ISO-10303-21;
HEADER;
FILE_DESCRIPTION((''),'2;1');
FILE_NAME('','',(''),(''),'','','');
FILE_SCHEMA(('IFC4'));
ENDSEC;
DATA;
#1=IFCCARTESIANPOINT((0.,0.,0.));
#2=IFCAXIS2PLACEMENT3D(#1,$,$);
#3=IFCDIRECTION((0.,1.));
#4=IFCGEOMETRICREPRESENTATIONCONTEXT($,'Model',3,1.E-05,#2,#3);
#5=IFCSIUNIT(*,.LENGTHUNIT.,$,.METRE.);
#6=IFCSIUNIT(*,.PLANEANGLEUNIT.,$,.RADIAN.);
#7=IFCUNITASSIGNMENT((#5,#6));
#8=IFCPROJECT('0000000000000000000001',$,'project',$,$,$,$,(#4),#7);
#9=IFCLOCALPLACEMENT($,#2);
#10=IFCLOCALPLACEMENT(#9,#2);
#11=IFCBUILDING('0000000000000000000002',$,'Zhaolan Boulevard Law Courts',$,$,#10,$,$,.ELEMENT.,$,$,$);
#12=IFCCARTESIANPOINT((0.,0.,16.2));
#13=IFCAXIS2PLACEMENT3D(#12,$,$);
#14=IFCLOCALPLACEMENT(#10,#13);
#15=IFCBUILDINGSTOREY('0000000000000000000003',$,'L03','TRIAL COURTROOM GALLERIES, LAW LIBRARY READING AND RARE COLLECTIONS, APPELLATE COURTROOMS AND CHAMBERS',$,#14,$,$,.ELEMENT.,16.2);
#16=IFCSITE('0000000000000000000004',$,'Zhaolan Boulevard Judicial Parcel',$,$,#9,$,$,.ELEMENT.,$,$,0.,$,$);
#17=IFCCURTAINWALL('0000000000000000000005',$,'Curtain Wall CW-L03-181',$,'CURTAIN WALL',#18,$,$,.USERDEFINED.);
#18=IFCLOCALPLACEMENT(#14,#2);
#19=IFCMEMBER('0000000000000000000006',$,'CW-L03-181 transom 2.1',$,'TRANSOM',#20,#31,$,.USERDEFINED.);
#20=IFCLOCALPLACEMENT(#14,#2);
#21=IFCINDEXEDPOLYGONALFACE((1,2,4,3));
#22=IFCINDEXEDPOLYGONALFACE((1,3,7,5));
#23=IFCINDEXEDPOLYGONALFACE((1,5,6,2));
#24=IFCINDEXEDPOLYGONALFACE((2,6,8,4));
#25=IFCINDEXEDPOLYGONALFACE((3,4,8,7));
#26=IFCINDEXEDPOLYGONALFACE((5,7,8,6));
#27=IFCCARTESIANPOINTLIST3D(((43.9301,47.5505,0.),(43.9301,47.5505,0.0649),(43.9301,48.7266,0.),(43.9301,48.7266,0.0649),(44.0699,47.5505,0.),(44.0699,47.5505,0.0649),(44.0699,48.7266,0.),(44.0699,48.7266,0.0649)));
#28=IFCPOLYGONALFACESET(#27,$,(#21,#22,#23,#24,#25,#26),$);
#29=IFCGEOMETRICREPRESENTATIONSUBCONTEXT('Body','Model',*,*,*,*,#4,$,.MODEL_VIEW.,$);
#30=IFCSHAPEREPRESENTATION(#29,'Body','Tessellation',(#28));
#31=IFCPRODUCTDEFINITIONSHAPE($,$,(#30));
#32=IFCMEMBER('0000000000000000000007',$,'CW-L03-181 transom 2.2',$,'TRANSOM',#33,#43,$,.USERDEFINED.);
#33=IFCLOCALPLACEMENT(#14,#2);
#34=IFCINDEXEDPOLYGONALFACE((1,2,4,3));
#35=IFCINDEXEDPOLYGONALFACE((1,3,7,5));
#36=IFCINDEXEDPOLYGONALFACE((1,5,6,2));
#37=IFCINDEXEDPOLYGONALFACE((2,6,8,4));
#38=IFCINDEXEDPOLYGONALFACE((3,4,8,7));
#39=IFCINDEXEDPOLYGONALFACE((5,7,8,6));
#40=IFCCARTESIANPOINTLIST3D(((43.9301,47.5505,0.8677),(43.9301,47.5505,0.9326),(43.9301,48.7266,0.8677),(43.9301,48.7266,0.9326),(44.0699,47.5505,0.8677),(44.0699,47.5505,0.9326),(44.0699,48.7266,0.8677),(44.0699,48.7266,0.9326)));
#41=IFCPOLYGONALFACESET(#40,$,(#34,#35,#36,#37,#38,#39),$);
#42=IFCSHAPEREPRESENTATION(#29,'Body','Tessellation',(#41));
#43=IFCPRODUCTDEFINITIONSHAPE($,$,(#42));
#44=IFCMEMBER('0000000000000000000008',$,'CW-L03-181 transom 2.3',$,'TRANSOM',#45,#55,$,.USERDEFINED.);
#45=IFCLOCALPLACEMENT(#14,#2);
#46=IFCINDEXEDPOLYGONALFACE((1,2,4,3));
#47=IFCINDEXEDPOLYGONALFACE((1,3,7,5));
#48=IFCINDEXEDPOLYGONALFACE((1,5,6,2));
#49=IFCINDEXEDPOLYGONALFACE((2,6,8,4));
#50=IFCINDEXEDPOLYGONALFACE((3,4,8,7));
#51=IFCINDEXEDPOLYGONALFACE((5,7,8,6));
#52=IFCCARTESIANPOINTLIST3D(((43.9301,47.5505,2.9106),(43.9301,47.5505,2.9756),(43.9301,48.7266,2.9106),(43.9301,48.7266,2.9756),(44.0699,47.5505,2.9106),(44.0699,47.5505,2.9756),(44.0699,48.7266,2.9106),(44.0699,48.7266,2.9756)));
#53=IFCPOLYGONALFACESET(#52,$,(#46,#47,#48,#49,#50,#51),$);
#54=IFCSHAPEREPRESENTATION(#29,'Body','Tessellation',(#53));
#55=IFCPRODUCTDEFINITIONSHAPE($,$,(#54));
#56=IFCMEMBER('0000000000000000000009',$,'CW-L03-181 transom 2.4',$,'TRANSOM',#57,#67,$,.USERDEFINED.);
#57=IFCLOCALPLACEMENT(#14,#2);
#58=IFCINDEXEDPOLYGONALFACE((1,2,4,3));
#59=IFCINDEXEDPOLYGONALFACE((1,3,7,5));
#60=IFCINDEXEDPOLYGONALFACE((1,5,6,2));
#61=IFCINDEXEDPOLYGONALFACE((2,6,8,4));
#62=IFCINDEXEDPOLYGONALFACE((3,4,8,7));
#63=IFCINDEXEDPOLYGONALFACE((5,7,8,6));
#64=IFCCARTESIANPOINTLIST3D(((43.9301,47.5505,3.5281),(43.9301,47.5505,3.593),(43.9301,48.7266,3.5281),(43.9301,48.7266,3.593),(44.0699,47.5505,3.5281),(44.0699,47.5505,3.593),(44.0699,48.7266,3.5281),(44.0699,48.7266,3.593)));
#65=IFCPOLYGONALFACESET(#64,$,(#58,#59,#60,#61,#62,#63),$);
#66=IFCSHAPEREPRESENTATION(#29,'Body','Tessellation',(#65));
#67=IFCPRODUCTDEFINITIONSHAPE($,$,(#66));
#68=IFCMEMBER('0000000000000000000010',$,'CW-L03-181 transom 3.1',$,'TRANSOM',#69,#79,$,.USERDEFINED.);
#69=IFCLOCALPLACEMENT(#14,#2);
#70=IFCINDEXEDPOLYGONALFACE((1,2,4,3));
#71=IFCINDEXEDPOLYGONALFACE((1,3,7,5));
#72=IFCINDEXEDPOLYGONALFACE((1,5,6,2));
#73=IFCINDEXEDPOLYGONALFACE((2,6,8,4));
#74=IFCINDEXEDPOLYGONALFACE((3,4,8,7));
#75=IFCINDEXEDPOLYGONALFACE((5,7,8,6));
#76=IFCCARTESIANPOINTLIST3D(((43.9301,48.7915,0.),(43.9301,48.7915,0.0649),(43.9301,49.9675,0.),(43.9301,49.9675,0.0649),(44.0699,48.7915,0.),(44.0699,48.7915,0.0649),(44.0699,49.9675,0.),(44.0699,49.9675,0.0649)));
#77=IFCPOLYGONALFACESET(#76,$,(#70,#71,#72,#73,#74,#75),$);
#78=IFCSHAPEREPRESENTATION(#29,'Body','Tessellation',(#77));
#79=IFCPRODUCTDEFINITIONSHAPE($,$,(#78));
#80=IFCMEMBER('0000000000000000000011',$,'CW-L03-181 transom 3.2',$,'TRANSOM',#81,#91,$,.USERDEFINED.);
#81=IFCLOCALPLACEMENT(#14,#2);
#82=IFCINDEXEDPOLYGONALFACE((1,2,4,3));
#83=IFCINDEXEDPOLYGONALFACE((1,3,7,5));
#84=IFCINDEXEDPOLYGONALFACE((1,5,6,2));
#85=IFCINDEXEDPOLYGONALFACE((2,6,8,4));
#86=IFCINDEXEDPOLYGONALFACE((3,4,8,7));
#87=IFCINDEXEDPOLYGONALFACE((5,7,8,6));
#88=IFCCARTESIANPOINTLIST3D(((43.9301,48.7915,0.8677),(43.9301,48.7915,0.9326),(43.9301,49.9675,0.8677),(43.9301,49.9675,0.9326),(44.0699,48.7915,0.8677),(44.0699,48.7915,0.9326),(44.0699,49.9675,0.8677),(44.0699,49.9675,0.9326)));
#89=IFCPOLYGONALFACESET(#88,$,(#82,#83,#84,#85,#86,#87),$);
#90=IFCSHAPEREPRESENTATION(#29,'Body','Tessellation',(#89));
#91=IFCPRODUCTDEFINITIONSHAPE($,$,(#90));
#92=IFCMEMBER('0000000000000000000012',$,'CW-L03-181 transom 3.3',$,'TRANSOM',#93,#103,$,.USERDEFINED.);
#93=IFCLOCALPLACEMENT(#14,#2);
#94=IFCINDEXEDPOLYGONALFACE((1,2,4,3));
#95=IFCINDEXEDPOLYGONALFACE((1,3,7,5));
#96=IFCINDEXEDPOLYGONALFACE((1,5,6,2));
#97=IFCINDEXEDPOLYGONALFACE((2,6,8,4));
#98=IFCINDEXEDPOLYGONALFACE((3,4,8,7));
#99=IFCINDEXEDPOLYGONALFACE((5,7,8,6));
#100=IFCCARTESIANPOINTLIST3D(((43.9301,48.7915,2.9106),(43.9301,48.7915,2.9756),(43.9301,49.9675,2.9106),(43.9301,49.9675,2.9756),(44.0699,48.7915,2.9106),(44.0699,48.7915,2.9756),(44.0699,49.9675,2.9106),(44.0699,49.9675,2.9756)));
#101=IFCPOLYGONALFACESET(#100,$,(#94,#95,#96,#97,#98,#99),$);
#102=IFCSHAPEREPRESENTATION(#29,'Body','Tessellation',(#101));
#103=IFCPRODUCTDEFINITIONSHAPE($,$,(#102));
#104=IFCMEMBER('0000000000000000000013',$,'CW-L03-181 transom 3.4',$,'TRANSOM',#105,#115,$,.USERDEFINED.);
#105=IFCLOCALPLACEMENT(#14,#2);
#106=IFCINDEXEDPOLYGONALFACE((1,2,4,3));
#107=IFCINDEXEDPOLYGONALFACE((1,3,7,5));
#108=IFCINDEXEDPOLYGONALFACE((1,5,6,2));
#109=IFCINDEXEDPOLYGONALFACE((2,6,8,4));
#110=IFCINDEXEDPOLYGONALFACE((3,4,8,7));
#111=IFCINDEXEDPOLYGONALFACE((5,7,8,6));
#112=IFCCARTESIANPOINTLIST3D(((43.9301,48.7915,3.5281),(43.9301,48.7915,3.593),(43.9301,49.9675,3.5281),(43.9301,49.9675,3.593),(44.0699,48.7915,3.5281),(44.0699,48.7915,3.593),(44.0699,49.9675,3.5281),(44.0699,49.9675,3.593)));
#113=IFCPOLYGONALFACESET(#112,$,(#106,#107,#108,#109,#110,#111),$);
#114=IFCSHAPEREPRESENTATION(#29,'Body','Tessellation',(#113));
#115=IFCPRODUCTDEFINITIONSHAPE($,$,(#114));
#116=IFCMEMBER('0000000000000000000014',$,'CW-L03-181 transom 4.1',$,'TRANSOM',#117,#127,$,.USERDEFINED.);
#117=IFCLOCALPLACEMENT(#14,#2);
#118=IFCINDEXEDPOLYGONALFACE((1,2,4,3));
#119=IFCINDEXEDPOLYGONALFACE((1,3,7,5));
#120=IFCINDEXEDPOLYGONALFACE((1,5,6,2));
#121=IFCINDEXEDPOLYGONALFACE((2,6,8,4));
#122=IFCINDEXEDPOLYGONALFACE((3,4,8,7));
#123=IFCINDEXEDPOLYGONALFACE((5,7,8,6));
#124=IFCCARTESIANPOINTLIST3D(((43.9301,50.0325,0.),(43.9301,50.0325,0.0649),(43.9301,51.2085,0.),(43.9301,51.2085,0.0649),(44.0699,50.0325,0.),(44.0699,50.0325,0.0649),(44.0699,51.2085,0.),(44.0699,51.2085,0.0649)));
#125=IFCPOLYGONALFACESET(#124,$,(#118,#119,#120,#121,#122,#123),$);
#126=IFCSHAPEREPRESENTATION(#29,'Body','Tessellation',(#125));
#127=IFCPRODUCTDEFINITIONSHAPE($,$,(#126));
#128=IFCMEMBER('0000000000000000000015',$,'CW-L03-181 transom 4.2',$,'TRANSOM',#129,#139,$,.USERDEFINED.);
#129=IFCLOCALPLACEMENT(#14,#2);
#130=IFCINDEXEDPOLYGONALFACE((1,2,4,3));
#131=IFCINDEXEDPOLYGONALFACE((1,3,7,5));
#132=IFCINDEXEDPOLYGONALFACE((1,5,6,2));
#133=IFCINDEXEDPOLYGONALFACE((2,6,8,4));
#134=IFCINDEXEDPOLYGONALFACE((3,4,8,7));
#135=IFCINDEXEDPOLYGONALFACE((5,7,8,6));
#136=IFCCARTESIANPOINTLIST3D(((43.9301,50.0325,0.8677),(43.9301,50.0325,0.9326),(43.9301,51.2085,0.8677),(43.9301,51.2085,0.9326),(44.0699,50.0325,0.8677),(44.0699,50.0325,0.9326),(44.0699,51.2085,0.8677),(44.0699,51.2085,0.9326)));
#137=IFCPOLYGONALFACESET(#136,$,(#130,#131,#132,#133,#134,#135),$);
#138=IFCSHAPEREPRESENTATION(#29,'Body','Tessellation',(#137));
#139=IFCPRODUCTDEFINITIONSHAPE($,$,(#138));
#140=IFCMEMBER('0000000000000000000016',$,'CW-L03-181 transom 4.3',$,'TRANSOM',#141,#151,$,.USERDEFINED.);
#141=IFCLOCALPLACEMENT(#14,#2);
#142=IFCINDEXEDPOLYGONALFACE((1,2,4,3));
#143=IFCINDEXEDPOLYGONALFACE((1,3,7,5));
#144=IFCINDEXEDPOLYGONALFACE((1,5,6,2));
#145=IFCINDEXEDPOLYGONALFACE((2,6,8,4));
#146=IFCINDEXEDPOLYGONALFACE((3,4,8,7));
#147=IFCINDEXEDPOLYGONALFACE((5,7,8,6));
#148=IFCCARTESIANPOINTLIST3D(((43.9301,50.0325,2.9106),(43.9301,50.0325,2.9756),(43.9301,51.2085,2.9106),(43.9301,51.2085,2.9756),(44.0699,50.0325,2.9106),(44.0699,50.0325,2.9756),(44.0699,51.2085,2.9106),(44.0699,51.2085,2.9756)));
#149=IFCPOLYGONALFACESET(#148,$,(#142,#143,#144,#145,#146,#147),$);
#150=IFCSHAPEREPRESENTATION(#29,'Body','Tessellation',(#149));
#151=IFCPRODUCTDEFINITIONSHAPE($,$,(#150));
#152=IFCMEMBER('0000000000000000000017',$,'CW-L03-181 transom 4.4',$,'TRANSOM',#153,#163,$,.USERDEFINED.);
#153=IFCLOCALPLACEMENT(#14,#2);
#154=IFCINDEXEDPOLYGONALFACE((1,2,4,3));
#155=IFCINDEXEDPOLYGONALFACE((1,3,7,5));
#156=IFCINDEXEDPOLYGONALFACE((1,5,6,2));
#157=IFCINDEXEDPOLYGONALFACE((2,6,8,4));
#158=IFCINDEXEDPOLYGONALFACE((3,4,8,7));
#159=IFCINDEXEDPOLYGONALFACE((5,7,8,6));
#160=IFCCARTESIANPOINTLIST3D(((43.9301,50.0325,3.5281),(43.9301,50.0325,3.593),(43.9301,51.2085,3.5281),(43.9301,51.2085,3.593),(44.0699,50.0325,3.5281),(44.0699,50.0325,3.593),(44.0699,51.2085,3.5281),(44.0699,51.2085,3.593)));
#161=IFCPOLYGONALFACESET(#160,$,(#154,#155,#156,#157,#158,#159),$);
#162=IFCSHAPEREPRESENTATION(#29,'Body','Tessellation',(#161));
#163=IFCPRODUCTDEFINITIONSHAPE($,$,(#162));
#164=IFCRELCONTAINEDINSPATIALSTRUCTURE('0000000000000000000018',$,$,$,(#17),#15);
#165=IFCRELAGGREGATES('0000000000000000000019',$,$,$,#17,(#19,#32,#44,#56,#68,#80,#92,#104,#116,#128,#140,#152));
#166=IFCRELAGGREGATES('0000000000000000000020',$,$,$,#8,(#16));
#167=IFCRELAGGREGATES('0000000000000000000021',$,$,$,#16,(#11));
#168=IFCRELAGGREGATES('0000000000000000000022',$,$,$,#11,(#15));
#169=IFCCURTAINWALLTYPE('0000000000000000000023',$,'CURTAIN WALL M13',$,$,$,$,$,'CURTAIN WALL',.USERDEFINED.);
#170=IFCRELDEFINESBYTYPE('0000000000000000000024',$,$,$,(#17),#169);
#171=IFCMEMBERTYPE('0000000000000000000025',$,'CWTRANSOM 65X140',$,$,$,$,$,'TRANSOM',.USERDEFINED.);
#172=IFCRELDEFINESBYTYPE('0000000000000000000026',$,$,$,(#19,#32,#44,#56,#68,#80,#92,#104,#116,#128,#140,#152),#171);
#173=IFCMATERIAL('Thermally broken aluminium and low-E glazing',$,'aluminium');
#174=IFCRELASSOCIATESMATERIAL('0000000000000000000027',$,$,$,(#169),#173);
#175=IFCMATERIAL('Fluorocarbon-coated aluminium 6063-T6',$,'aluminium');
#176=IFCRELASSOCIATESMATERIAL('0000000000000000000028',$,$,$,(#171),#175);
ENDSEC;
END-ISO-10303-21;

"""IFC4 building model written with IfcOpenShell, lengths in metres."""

from ifc_helpers import new_model, si_unit, direction, frame, origin, origin_2d, place, context, subcontext, project, spatial, rectangle, extrude, material, material_profile, profile_set, type_object, element, aggregate, save


model = new_model("IFC4")

# Units and contexts
model_context = context("Model", 3, precision=1e-05, world=origin(), true_north=direction((0.0, 1.0)))
body_context = subcontext(model_context, "Body", "Model", "MODEL_VIEW")
ifc_project = project(units=[si_unit("LENGTHUNIT", "METRE"), si_unit("PLANEANGLEUNIT", "RADIAN")], contexts=[model_context])

# Site, building, storey
site_placement = place(None, origin())
site = spatial("IfcSite", under=ifc_project, at=site_placement, Name="Zhaolan Boulevard Judicial Parcel", CompositionType="ELEMENT", RefElevation=0.0)
building_placement = place(site_placement, origin())
building = spatial("IfcBuilding", under=site, at=building_placement, Name="Zhaolan Boulevard Law Courts", CompositionType="ELEMENT")
storey_placement = place(building_placement, frame((0.0, 0.0, 16.2)))
storey = spatial("IfcBuildingStorey", under=building, at=storey_placement, Name="L03", Description="TRIAL COURTROOM GALLERIES, LAW LIBRARY READING AND RARE COLLECTIONS, APPELLATE COURTROOMS AND CHAMBERS", CompositionType="ELEMENT", Elevation=16.2)

# Curtain wall, members
ifc_material_1 = material(Name="Thermally broken aluminium and low-E glazing", Category="aluminium")
curtain_wall_type_1 = type_object("IfcCurtainWallType", Name="CURTAIN WALL M13", ElementType="CURTAIN WALL", PredefinedType="USERDEFINED", material=ifc_material_1)
curtain_wall_1_placement = place(storey_placement, origin())
curtain_wall_1 = element("IfcCurtainWall", 1, at=curtain_wall_1_placement, inside=storey, type_object=curtain_wall_type_1, Name="Curtain Wall CW-L03-181", ObjectType="CURTAIN WALL", PredefinedType="USERDEFINED")
ifc_material_2 = material(Name="Fluorocarbon-coated aluminium 6063-T6", Category="aluminium")
ifc_material_profile_1 = material_profile(ifc_material_2, rectangle(XDim=0.1399, YDim=0.0649, at=origin_2d()), Name="AL65x140")
ifc_profile_set_1 = profile_set([ifc_material_profile_1], Name="Fluorocarbon-coated aluminium 6063-T6")
member_type_1 = type_object("IfcMemberType", Name="CWTRANSOM 65X140", ElementType="TRANSOM", PredefinedType="USERDEFINED", material=ifc_profile_set_1)
member_1_placement = place(storey_placement, frame((44.0, 47.5505, 0.0325), z_axis=(0.0, 1.0, 0.0), x_axis=(-1.0, 0.0, 0.0)))
member_1 = element("IfcMember", 2, at=member_1_placement, type_object=member_type_1, Name="CW-L03-181 transom 2.1", ObjectType="TRANSOM", PredefinedType="USERDEFINED", context=body_context, shape_type="SweptSolid", body=[
    extrude(rectangle(XDim=0.1399, YDim=0.0649, at=origin_2d()), origin(), (0.0, 0.0, 1.0), 1.176),
])
member_2_placement = place(storey_placement, frame((44.0, 47.5505, 0.9001), z_axis=(0.0, 1.0, 0.0), x_axis=(-1.0, 0.0, 0.0)))
member_2 = element("IfcMember", 3, at=member_2_placement, type_object=member_type_1, Name="CW-L03-181 transom 2.2", ObjectType="TRANSOM", PredefinedType="USERDEFINED", context=body_context, shape_type="SweptSolid", body=[
    extrude(rectangle(XDim=0.1399, YDim=0.0649, at=origin_2d()), origin(), (0.0, 0.0, 1.0), 1.176),
])
member_3_placement = place(storey_placement, frame((44.0, 47.5505, 2.9431), z_axis=(0.0, 1.0, 0.0), x_axis=(-1.0, 0.0, 0.0)))
member_3 = element("IfcMember", 4, at=member_3_placement, type_object=member_type_1, Name="CW-L03-181 transom 2.3", ObjectType="TRANSOM", PredefinedType="USERDEFINED", context=body_context, shape_type="SweptSolid", body=[
    extrude(rectangle(XDim=0.1399, YDim=0.0649, at=origin_2d()), origin(), (0.0, 0.0, 1.0), 1.176),
])
member_4_placement = place(storey_placement, frame((44.0, 47.5505, 3.5605), z_axis=(0.0, 1.0, 0.0), x_axis=(-1.0, 0.0, 0.0)))
member_4 = element("IfcMember", 5, at=member_4_placement, type_object=member_type_1, Name="CW-L03-181 transom 2.4", ObjectType="TRANSOM", PredefinedType="USERDEFINED", context=body_context, shape_type="SweptSolid", body=[
    extrude(rectangle(XDim=0.1399, YDim=0.0649, at=origin_2d()), origin(), (0.0, 0.0, 1.0), 1.176),
])
member_5_placement = place(storey_placement, frame((44.0, 48.7915, 0.0325), z_axis=(0.0, 1.0, 0.0), x_axis=(-1.0, 0.0, 0.0)))
member_5 = element("IfcMember", 6, at=member_5_placement, type_object=member_type_1, Name="CW-L03-181 transom 3.1", ObjectType="TRANSOM", PredefinedType="USERDEFINED", context=body_context, shape_type="SweptSolid", body=[
    extrude(rectangle(XDim=0.1399, YDim=0.0649, at=origin_2d()), origin(), (0.0, 0.0, 1.0), 1.176),
])
member_6_placement = place(storey_placement, frame((44.0, 48.7915, 0.9001), z_axis=(0.0, 1.0, 0.0), x_axis=(-1.0, 0.0, 0.0)))
member_6 = element("IfcMember", 7, at=member_6_placement, type_object=member_type_1, Name="CW-L03-181 transom 3.2", ObjectType="TRANSOM", PredefinedType="USERDEFINED", context=body_context, shape_type="SweptSolid", body=[
    extrude(rectangle(XDim=0.1399, YDim=0.0649, at=origin_2d()), origin(), (0.0, 0.0, 1.0), 1.176),
])
member_7_placement = place(storey_placement, frame((44.0, 48.7915, 2.9431), z_axis=(0.0, 1.0, 0.0), x_axis=(-1.0, 0.0, 0.0)))
member_7 = element("IfcMember", 8, at=member_7_placement, type_object=member_type_1, Name="CW-L03-181 transom 3.3", ObjectType="TRANSOM", PredefinedType="USERDEFINED", context=body_context, shape_type="SweptSolid", body=[
    extrude(rectangle(XDim=0.1399, YDim=0.0649, at=origin_2d()), origin(), (0.0, 0.0, 1.0), 1.176),
])
member_8_placement = place(storey_placement, frame((44.0, 48.7915, 3.5605), z_axis=(0.0, 1.0, 0.0), x_axis=(-1.0, 0.0, 0.0)))
member_8 = element("IfcMember", 9, at=member_8_placement, type_object=member_type_1, Name="CW-L03-181 transom 3.4", ObjectType="TRANSOM", PredefinedType="USERDEFINED", context=body_context, shape_type="SweptSolid", body=[
    extrude(rectangle(XDim=0.1399, YDim=0.0649, at=origin_2d()), origin(), (0.0, 0.0, 1.0), 1.176),
])
member_9_placement = place(storey_placement, frame((44.0, 50.0325, 0.0325), z_axis=(0.0, 1.0, 0.0), x_axis=(-1.0, 0.0, 0.0)))
member_9 = element("IfcMember", 10, at=member_9_placement, type_object=member_type_1, Name="CW-L03-181 transom 4.1", ObjectType="TRANSOM", PredefinedType="USERDEFINED", context=body_context, shape_type="SweptSolid", body=[
    extrude(rectangle(XDim=0.1399, YDim=0.0649, at=origin_2d()), origin(), (0.0, 0.0, 1.0), 1.176),
])
member_10_placement = place(storey_placement, frame((44.0, 50.0325, 0.9001), z_axis=(0.0, 1.0, 0.0), x_axis=(-1.0, 0.0, 0.0)))
member_10 = element("IfcMember", 11, at=member_10_placement, type_object=member_type_1, Name="CW-L03-181 transom 4.2", ObjectType="TRANSOM", PredefinedType="USERDEFINED", context=body_context, shape_type="SweptSolid", body=[
    extrude(rectangle(XDim=0.1399, YDim=0.0649, at=origin_2d()), origin(), (0.0, 0.0, 1.0), 1.176),
])
member_11_placement = place(storey_placement, frame((44.0, 50.0325, 2.9431), z_axis=(0.0, 1.0, 0.0), x_axis=(-1.0, 0.0, 0.0)))
member_11 = element("IfcMember", 12, at=member_11_placement, type_object=member_type_1, Name="CW-L03-181 transom 4.3", ObjectType="TRANSOM", PredefinedType="USERDEFINED", context=body_context, shape_type="SweptSolid", body=[
    extrude(rectangle(XDim=0.1399, YDim=0.0649, at=origin_2d()), origin(), (0.0, 0.0, 1.0), 1.176),
])
member_12_placement = place(storey_placement, frame((44.0, 50.0325, 3.5605), z_axis=(0.0, 1.0, 0.0), x_axis=(-1.0, 0.0, 0.0)))
member_12 = element("IfcMember", 13, at=member_12_placement, type_object=member_type_1, Name="CW-L03-181 transom 4.4", ObjectType="TRANSOM", PredefinedType="USERDEFINED", context=body_context, shape_type="SweptSolid", body=[
    extrude(rectangle(XDim=0.1399, YDim=0.0649, at=origin_2d()), origin(), (0.0, 0.0, 1.0), 1.176),
])

aggregate(curtain_wall_1, [member_1, member_2, member_3, member_4, member_5, member_6, member_7, member_8, member_9, member_10, member_11, member_12])

save(model, "model.ifc")
